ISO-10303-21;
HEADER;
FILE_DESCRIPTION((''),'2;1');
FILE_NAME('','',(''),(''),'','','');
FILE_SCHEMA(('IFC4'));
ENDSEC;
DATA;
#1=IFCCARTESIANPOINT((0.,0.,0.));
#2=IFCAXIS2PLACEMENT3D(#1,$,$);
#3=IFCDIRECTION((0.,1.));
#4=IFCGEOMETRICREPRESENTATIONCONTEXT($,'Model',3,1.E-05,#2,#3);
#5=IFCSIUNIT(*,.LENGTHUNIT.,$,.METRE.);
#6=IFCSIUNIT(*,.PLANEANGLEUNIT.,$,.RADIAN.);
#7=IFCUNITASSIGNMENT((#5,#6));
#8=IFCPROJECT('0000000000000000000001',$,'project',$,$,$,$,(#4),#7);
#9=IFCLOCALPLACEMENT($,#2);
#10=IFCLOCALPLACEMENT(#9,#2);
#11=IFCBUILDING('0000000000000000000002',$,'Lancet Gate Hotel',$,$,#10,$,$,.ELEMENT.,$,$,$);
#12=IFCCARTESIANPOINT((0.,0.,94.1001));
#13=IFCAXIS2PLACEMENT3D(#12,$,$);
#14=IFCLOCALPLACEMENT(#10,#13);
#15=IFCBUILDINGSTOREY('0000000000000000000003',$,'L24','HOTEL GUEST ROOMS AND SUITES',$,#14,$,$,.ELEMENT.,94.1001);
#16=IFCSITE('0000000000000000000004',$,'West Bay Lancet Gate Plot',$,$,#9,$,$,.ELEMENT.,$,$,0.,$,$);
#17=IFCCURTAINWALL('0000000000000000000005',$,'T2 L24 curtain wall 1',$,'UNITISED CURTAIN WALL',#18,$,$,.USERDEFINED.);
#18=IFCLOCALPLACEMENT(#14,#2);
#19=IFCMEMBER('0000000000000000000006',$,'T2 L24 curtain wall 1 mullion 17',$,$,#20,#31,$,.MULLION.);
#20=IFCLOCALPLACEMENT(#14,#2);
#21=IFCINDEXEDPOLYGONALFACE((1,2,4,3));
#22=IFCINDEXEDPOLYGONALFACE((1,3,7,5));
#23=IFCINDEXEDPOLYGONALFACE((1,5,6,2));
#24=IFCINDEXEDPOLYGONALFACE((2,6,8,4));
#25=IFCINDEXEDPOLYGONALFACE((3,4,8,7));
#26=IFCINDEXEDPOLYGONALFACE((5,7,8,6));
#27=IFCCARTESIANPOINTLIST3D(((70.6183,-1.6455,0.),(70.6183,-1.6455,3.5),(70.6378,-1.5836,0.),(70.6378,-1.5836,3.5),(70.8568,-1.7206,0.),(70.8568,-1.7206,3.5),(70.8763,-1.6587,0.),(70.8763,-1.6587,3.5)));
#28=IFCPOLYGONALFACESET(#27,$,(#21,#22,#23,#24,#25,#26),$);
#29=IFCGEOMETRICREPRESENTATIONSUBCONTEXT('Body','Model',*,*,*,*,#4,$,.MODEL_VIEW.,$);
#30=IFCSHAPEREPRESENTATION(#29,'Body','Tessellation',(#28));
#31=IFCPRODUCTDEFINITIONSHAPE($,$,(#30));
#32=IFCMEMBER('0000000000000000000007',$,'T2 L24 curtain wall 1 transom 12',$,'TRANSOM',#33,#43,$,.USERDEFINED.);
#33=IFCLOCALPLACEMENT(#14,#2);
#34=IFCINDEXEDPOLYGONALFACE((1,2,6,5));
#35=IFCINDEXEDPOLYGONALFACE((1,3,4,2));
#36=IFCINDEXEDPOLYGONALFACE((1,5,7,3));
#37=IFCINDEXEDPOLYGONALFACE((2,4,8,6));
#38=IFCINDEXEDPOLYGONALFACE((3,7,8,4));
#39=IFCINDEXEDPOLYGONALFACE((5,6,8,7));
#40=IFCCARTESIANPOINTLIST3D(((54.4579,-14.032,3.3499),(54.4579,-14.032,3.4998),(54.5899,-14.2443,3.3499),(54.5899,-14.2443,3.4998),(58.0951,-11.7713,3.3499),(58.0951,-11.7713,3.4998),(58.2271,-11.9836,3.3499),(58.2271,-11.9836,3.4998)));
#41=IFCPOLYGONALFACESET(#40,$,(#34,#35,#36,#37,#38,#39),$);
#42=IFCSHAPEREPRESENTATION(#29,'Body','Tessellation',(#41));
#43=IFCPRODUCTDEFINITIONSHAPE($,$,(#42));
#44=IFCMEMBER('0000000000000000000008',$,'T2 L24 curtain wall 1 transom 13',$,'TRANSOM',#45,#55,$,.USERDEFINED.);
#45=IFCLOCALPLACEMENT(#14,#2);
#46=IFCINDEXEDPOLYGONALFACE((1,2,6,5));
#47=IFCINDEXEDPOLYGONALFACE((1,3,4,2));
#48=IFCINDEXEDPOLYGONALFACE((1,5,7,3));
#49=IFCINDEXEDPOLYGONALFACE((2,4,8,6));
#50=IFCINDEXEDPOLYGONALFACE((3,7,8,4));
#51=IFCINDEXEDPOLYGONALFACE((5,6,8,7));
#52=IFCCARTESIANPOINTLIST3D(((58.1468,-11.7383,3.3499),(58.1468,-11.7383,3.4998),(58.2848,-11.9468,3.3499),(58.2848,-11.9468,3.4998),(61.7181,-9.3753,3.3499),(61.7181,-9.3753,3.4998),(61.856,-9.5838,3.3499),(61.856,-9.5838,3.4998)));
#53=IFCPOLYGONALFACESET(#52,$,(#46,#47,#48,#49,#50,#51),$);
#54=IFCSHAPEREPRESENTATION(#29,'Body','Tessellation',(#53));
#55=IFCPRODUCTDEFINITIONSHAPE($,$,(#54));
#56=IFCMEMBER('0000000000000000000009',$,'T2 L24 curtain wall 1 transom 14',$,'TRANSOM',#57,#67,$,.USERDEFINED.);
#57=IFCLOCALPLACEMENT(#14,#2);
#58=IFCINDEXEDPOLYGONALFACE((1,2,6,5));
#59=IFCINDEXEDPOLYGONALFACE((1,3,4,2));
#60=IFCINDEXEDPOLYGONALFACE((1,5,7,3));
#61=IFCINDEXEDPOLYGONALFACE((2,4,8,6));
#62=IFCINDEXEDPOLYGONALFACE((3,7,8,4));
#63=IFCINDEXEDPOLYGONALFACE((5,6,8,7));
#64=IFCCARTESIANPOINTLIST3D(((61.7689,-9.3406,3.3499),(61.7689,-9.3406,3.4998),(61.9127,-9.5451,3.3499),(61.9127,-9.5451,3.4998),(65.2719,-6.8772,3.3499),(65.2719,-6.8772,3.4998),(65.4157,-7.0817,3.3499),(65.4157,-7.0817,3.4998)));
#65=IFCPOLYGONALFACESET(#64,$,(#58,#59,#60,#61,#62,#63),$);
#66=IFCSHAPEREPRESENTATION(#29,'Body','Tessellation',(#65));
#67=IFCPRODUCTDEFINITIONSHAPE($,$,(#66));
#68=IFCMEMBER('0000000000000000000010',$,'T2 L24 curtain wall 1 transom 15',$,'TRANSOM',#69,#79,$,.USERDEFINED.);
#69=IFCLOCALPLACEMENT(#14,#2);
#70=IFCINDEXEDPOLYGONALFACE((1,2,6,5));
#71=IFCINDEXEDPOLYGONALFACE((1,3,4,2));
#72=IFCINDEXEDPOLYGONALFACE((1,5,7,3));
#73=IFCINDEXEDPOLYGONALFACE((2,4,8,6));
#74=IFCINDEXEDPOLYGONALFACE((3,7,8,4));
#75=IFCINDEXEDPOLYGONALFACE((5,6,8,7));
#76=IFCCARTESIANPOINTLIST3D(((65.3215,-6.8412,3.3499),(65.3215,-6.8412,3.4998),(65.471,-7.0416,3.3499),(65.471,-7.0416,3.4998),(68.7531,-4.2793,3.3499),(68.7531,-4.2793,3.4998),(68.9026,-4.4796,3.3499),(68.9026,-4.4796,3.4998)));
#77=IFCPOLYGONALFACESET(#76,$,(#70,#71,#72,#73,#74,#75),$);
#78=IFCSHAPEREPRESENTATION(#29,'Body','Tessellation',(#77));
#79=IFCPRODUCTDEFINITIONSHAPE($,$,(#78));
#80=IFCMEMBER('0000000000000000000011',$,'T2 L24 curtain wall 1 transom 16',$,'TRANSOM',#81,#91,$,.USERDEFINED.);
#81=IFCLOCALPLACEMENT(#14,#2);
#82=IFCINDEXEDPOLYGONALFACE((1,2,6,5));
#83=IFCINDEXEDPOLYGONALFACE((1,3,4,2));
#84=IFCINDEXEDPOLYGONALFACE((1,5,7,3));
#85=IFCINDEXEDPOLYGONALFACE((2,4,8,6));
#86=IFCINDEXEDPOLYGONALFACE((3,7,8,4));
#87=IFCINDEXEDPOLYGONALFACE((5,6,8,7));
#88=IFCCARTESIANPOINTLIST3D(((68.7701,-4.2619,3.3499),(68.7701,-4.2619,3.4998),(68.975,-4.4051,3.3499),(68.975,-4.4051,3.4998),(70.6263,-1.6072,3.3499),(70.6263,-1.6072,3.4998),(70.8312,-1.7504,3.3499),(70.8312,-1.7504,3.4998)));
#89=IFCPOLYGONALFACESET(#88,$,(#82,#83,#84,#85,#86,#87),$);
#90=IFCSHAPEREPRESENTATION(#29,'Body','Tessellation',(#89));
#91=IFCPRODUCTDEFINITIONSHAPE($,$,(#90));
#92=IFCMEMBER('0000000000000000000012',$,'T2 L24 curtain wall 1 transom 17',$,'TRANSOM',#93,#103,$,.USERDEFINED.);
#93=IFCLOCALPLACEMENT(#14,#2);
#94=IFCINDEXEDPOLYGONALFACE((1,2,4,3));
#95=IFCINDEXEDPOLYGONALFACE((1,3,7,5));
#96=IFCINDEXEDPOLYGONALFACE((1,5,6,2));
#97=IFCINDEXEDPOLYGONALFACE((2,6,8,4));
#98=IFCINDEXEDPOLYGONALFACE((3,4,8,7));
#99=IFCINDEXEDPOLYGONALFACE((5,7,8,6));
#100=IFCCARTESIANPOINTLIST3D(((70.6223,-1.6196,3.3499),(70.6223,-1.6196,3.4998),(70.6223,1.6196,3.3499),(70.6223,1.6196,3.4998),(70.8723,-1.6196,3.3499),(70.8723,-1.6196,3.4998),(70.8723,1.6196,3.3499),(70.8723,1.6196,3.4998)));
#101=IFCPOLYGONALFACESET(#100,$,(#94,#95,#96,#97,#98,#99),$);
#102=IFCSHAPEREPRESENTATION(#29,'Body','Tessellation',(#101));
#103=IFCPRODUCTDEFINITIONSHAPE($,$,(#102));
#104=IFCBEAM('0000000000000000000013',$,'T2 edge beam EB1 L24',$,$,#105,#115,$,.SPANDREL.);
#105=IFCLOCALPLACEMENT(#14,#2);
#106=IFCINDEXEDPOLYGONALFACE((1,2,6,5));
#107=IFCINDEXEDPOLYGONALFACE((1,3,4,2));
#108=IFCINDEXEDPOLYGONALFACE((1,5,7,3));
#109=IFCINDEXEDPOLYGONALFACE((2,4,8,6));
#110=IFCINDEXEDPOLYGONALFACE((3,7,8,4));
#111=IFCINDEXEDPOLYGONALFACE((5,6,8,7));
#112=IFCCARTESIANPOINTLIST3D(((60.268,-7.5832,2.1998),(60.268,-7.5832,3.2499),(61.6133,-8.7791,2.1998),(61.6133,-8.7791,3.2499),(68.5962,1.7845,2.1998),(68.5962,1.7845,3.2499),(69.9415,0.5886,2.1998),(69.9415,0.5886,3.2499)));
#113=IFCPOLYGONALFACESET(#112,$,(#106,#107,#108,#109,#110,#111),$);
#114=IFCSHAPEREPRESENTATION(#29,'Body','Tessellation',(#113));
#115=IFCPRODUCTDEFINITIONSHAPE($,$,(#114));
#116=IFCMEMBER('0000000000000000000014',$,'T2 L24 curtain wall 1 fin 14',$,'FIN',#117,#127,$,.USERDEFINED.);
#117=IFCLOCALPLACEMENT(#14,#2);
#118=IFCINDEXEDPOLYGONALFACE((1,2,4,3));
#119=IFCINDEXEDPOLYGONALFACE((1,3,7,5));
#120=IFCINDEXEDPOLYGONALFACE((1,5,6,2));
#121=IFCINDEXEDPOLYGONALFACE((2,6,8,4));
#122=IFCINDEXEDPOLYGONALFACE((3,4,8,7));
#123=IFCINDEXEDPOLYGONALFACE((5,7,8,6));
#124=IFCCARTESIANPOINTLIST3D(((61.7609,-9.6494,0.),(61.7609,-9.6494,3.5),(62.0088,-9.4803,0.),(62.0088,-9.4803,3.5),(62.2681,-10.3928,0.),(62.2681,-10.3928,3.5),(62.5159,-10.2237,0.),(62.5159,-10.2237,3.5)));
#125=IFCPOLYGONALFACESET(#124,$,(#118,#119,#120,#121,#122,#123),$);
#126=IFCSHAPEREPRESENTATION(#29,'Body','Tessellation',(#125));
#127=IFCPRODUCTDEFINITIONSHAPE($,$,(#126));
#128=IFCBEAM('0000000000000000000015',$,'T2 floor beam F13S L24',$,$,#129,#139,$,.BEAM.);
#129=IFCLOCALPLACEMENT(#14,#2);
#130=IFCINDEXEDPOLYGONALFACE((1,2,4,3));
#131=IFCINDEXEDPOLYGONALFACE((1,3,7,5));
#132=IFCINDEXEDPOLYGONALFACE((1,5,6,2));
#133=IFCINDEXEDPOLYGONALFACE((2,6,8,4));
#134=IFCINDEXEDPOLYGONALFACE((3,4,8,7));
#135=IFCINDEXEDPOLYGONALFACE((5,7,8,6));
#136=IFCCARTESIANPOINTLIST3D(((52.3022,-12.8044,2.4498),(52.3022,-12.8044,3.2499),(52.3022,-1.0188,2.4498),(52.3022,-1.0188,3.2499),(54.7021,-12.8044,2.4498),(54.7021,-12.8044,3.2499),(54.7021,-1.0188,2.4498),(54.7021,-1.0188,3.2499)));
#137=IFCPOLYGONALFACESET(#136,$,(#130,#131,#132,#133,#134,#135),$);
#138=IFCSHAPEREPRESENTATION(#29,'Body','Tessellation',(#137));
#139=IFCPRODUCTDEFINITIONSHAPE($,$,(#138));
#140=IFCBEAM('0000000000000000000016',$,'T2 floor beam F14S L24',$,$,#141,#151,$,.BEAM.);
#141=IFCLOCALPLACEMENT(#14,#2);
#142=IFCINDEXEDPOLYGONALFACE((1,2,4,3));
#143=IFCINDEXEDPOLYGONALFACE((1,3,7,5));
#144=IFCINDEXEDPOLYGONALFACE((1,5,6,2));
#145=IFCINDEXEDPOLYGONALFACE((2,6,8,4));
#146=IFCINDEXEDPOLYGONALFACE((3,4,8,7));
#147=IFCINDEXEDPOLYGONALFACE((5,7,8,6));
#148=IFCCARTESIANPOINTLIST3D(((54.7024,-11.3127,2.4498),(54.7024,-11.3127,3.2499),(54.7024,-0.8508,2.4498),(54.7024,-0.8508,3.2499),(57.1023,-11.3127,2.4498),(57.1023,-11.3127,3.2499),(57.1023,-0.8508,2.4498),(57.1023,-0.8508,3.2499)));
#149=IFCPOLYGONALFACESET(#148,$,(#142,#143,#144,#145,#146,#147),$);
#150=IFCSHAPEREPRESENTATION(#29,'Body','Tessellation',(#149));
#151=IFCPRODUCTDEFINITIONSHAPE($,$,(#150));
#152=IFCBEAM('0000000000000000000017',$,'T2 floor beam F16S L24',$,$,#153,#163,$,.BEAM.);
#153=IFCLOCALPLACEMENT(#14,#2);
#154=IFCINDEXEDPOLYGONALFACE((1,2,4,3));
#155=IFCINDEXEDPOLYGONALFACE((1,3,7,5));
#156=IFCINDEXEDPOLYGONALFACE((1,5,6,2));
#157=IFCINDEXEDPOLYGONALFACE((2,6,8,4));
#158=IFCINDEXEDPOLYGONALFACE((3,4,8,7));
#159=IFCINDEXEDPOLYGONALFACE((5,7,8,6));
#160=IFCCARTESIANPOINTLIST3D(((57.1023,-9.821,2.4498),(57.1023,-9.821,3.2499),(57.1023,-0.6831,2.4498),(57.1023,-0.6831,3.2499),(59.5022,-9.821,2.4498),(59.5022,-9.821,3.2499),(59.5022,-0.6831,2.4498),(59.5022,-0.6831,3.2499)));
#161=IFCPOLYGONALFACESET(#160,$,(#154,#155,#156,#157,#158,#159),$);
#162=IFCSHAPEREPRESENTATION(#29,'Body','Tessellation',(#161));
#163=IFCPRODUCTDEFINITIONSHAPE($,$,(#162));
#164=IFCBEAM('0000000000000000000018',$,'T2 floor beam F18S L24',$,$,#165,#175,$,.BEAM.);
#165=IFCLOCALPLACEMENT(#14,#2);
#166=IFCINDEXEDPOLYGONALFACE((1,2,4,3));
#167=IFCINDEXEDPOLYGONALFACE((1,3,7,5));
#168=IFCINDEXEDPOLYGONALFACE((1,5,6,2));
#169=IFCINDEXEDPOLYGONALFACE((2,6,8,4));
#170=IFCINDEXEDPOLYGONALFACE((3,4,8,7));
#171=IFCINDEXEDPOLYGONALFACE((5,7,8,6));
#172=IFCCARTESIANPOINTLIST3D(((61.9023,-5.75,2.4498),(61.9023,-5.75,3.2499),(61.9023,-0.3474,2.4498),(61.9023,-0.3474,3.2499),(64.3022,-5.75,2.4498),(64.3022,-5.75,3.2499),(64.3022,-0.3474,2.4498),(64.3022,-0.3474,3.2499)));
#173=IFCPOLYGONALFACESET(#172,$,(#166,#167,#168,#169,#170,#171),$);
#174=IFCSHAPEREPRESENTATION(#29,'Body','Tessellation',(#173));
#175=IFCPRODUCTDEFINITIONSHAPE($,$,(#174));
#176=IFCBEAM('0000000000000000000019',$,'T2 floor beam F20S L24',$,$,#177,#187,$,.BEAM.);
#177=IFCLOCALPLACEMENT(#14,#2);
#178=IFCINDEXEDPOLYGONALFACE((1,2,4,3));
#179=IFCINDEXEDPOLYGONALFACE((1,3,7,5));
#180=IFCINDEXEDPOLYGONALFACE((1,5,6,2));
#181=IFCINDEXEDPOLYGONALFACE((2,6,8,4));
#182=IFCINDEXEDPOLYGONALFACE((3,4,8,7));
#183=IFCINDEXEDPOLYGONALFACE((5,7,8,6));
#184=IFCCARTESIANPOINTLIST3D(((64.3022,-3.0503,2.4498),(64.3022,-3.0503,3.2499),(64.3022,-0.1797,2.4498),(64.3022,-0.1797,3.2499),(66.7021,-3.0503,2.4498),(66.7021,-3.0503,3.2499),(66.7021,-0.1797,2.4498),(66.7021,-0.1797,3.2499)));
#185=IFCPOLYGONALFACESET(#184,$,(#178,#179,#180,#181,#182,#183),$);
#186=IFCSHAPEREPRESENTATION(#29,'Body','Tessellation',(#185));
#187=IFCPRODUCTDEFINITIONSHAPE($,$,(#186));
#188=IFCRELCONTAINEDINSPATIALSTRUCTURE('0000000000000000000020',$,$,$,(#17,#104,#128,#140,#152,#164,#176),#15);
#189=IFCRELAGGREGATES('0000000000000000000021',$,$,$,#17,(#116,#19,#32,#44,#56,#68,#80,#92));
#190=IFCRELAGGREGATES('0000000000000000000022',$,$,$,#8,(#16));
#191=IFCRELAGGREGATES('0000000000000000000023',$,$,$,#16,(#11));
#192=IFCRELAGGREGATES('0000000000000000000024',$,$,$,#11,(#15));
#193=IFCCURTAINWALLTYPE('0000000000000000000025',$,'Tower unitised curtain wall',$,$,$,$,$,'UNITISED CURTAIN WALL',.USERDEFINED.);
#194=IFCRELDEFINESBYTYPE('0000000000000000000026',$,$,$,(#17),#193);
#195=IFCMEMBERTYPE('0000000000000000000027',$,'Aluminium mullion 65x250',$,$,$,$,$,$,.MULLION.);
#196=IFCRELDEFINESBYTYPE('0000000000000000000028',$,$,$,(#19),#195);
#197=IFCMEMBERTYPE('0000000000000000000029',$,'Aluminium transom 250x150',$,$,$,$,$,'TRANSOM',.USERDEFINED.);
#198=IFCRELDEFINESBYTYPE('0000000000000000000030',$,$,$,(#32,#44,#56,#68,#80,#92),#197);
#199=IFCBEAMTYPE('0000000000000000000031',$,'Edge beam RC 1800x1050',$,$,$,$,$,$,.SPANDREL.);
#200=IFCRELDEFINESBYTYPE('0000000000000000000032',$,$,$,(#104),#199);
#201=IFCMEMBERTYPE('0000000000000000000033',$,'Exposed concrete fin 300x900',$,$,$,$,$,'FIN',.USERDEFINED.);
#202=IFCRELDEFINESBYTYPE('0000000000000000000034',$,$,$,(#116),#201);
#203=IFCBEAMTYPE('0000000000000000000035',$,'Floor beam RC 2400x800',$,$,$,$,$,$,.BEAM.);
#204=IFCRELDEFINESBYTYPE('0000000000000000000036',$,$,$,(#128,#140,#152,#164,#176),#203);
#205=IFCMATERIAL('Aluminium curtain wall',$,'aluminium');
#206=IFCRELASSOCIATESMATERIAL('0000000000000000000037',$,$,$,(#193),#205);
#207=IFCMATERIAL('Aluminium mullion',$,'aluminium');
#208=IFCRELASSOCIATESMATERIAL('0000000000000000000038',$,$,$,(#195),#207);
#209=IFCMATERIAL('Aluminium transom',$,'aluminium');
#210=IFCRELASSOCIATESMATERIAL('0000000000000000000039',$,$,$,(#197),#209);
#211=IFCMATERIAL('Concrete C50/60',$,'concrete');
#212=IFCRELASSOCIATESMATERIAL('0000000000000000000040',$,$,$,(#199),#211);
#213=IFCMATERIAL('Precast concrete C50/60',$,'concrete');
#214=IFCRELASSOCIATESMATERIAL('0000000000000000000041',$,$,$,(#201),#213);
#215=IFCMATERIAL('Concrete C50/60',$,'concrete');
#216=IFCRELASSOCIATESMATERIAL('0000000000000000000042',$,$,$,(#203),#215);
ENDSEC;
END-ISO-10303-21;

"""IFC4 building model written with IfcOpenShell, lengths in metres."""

from ifc_helpers import new_model, si_unit, direction, frame, origin, origin_2d, place, context, subcontext, project, spatial, rectangle, extrude, material, material_profile, profile_set, type_object, element, aggregate, save


model = new_model("IFC4")

# Units and contexts
model_context = context("Model", 3, precision=1e-05, world=origin(), true_north=direction((0.0, 1.0)))
body_context = subcontext(model_context, "Body", "Model", "MODEL_VIEW")
ifc_project = project(units=[si_unit("LENGTHUNIT", "METRE"), si_unit("PLANEANGLEUNIT", "RADIAN")], contexts=[model_context])

# Site, building, storey
site_placement = place(None, origin())
site = spatial("IfcSite", under=ifc_project, at=site_placement, Name="West Bay Lancet Gate Plot", CompositionType="ELEMENT", RefElevation=0.0)
building_placement = place(site_placement, origin())
building = spatial("IfcBuilding", under=site, at=building_placement, Name="Lancet Gate Hotel", CompositionType="ELEMENT")
storey_placement = place(building_placement, frame((0.0, 0.0, 94.1001)))
storey = spatial("IfcBuildingStorey", under=building, at=storey_placement, Name="L24", Description="HOTEL GUEST ROOMS AND SUITES", CompositionType="ELEMENT", Elevation=94.1001)

# Curtain wall, members
ifc_material_1 = material(Name="Aluminium curtain wall", Category="aluminium")
curtain_wall_type = type_object("IfcCurtainWallType", Name="Tower unitised curtain wall", ElementType="UNITISED CURTAIN WALL", PredefinedType="USERDEFINED", material=ifc_material_1)
curtain_wall_placement = place(storey_placement, origin())
curtain_wall = element("IfcCurtainWall", 1, at=curtain_wall_placement, inside=storey, type_object=curtain_wall_type, Name="T2 L24 curtain wall 1", ObjectType="UNITISED CURTAIN WALL", PredefinedType="USERDEFINED")
ifc_material_2 = material(Name="Aluminium mullion", Category="aluminium")
ifc_material_profile_1 = material_profile(ifc_material_2, rectangle(XDim=0.0649, YDim=0.25, at=origin_2d()), Name="MULLION 65x250")
ifc_profile_set_1 = profile_set([ifc_material_profile_1], Name="Aluminium mullion")
member_type_1 = type_object("IfcMemberType", Name="Aluminium mullion 65x250", PredefinedType="MULLION", material=ifc_profile_set_1)
member_1_placement = place(storey_placement, frame((70.7473, -1.6521, 0.0), z_axis=(0.0, 0.0, 1.0), x_axis=(0.300385, 0.953818, 0.0)))
member_1 = element("IfcMember", 2, at=member_1_placement, type_object=member_type_1, Name="T2 L24 curtain wall 1 mullion 17", PredefinedType="MULLION", context=body_context, shape_type="SweptSolid", body=[
    extrude(rectangle(XDim=0.0649, YDim=0.25, at=origin_2d()), origin(), (0.0, 0.0, 1.0), 3.5),
])
ifc_material_3 = material(Name="Aluminium transom", Category="aluminium")
ifc_material_profile_2 = material_profile(ifc_material_3, rectangle(XDim=0.25, YDim=0.1499, at=origin_2d()), Name="TRANSOM 250x150")
ifc_profile_set_2 = profile_set([ifc_material_profile_2], Name="Aluminium transom")
member_type_2 = type_object("IfcMemberType", Name="Aluminium transom 250x150", ElementType="TRANSOM", PredefinedType="USERDEFINED", material=ifc_profile_set_2)
member_2_placement = place(storey_placement, frame((54.5239, -14.1382, 3.4248), z_axis=(0.849309, 0.527896, 0.0), x_axis=(-0.527896, 0.849309, 0.0)))
member_2 = element("IfcMember", 3, at=member_2_placement, type_object=member_type_2, Name="T2 L24 curtain wall 1 transom 12", ObjectType="TRANSOM", PredefinedType="USERDEFINED", context=body_context, shape_type="SweptSolid", body=[
    extrude(rectangle(XDim=0.25, YDim=0.1499, at=origin_2d()), origin(), (0.0, 0.0, 1.0), 4.2825),
])
member_3_placement = place(storey_placement, frame((58.2158, -11.8425, 3.4248), z_axis=(0.833966, 0.551816, 0.0), x_axis=(-0.551816, 0.833966, 0.0)))
member_3 = element("IfcMember", 4, at=member_3_placement, type_object=member_type_2, Name="T2 L24 curtain wall 1 transom 13", ObjectType="TRANSOM", PredefinedType="USERDEFINED", context=body_context, shape_type="SweptSolid", body=[
    extrude(rectangle(XDim=0.25, YDim=0.1499, at=origin_2d()), origin(), (0.0, 0.0, 1.0), 4.2822),
])
member_4_placement = place(storey_placement, frame((61.8408, -9.4429, 3.4248), z_axis=(0.817987, 0.575236, 0.0), x_axis=(-0.575236, 0.817987, 0.0)))
member_4 = element("IfcMember", 5, at=member_4_placement, type_object=member_type_2, Name="T2 L24 curtain wall 1 transom 14", ObjectType="TRANSOM", PredefinedType="USERDEFINED", context=body_context, shape_type="SweptSolid", body=[
    extrude(rectangle(XDim=0.25, YDim=0.1499, at=origin_2d()), origin(), (0.0, 0.0, 1.0), 4.2825),
])
member_5_placement = place(storey_placement, frame((65.3962, -6.9414, 3.4248), z_axis=(0.801312, 0.598247, 0.0), x_axis=(-0.598247, 0.801312, 0.0)))
member_5 = element("IfcMember", 6, at=member_5_placement, type_object=member_type_2, Name="T2 L24 curtain wall 1 transom 15", ObjectType="TRANSOM", PredefinedType="USERDEFINED", context=body_context, shape_type="SweptSolid", body=[
    extrude(rectangle(XDim=0.25, YDim=0.1499, at=origin_2d()), origin(), (0.0, 0.0, 1.0), 4.2825),
])
member_6_placement = place(storey_placement, frame((68.8726, -4.3335, 3.4248), z_axis=(0.573017, 0.819543, 0.0), x_axis=(-0.819543, 0.573017, 0.0)))
member_6 = element("IfcMember", 7, at=member_6_placement, type_object=member_type_2, Name="T2 L24 curtain wall 1 transom 16", ObjectType="TRANSOM", PredefinedType="USERDEFINED", context=body_context, shape_type="SweptSolid", body=[
    extrude(rectangle(XDim=0.25, YDim=0.1499, at=origin_2d()), origin(), (0.0, 0.0, 1.0), 3.2393),
])
member_7_placement = place(storey_placement, frame((70.7473, -1.6196, 3.4248), z_axis=(0.0, 1.0, 0.0), x_axis=(-1.0, 0.0, 0.0)))
member_7 = element("IfcMember", 8, at=member_7_placement, type_object=member_type_2, Name="T2 L24 curtain wall 1 transom 17", ObjectType="TRANSOM", PredefinedType="USERDEFINED", context=body_context, shape_type="SweptSolid", body=[
    extrude(rectangle(XDim=0.25, YDim=0.1499, at=origin_2d()), origin(), (0.0, 0.0, 1.0), 3.2393),
])

# Beam
ifc_material_4 = material(Name="Concrete C50/60", Category="concrete")
ifc_material_profile_3 = material_profile(ifc_material_4, rectangle(XDim=1.8, YDim=1.05, at=origin_2d()), Name="RC 1800x1050")
ifc_profile_set_3 = profile_set([ifc_material_profile_3], Name="Concrete C50/60")
beam_type_1 = type_object("IfcBeamType", Name="Edge beam RC 1800x1050", PredefinedType="SPANDREL", material=ifc_profile_set_3)
beam_1_placement = place(storey_placement, frame((60.9407, -8.1812, 2.7249), z_axis=(0.664422, 0.747358, 0.0), x_axis=(-0.747358, 0.664422, 0.0)))
element("IfcBeam", 9, at=beam_1_placement, inside=storey, type_object=beam_type_1, Name="T2 edge beam EB1 L24", PredefinedType="SPANDREL", context=body_context, shape_type="SweptSolid", body=[
    extrude(rectangle(XDim=1.8, YDim=1.05, at=origin_2d()), origin(), (0.0, 0.0, 1.0), 12.5344),
])

# Member
ifc_material_5 = material(Name="Precast concrete C50/60", Category="concrete")
ifc_material_profile_4 = material_profile(ifc_material_5, rectangle(XDim=0.3, YDim=0.8999, at=origin_2d()), Name="FIN 300x900")
ifc_profile_set_4 = profile_set([ifc_material_profile_4], Name="Precast concrete C50/60")
member_type_3 = type_object("IfcMemberType", Name="Exposed concrete fin 300x900", ElementType="FIN", PredefinedType="USERDEFINED", material=ifc_profile_set_4)
member_8_placement = place(storey_placement, frame((62.1384, -9.9365, 0.0), z_axis=(0.0, 0.0, 1.0), x_axis=(0.826066, 0.563574, 0.0)))
member_8 = element("IfcMember", 10, at=member_8_placement, type_object=member_type_3, Name="T2 L24 curtain wall 1 fin 14", ObjectType="FIN", PredefinedType="USERDEFINED", context=body_context, shape_type="SweptSolid", body=[
    extrude(rectangle(XDim=0.3, YDim=0.8999, at=origin_2d()), origin(), (0.0, 0.0, 1.0), 3.5),
])

# Beams
ifc_material_6 = material(Name="Concrete C50/60", Category="concrete")
ifc_material_profile_5 = material_profile(ifc_material_6, rectangle(XDim=2.3999, YDim=0.8, at=origin_2d()), Name="RC 2400x800")
ifc_profile_set_5 = profile_set([ifc_material_profile_5], Name="Concrete C50/60")
beam_type_2 = type_object("IfcBeamType", Name="Floor beam RC 2400x800", PredefinedType="BEAM", material=ifc_profile_set_5)
beam_2_placement = place(storey_placement, frame((53.5022, -12.8044, 2.8499), z_axis=(0.0, 1.0, 0.0), x_axis=(-1.0, 0.0, 0.0)))
element("IfcBeam", 11, at=beam_2_placement, inside=storey, type_object=beam_type_2, Name="T2 floor beam F13S L24", PredefinedType="BEAM", context=body_context, shape_type="SweptSolid", body=[
    extrude(rectangle(XDim=2.3999, YDim=0.8, at=origin_2d()), origin(), (0.0, 0.0, 1.0), 11.7856),
])
beam_3_placement = place(storey_placement, frame((55.9023, -11.3127, 2.8499), z_axis=(0.0, 1.0, 0.0), x_axis=(-1.0, 0.0, 0.0)))
element("IfcBeam", 12, at=beam_3_placement, inside=storey, type_object=beam_type_2, Name="T2 floor beam F14S L24", PredefinedType="BEAM", context=body_context, shape_type="SweptSolid", body=[
    extrude(rectangle(XDim=2.3999, YDim=0.8, at=origin_2d()), origin(), (0.0, 0.0, 1.0), 10.4619),
])
beam_4_placement = place(storey_placement, frame((58.3022, -9.821, 2.8499), z_axis=(0.0, 1.0, 0.0), x_axis=(-1.0, 0.0, 0.0)))
element("IfcBeam", 13, at=beam_4_placement, inside=storey, type_object=beam_type_2, Name="T2 floor beam F16S L24", PredefinedType="BEAM", context=body_context, shape_type="SweptSolid", body=[
    extrude(rectangle(XDim=2.3999, YDim=0.8, at=origin_2d()), origin(), (0.0, 0.0, 1.0), 9.1379),
])
beam_5_placement = place(storey_placement, frame((63.1023, -5.75, 2.8499), z_axis=(0.0, 1.0, 0.0), x_axis=(-1.0, 0.0, 0.0)))
element("IfcBeam", 14, at=beam_5_placement, inside=storey, type_object=beam_type_2, Name="T2 floor beam F18S L24", PredefinedType="BEAM", context=body_context, shape_type="SweptSolid", body=[
    extrude(rectangle(XDim=2.3999, YDim=0.8, at=origin_2d()), origin(), (0.0, 0.0, 1.0), 5.4026),
])
beam_6_placement = place(storey_placement, frame((65.5022, -3.0503, 2.8499), z_axis=(0.0, 1.0, 0.0), x_axis=(-1.0, 0.0, 0.0)))
element("IfcBeam", 15, at=beam_6_placement, inside=storey, type_object=beam_type_2, Name="T2 floor beam F20S L24", PredefinedType="BEAM", context=body_context, shape_type="SweptSolid", body=[
    extrude(rectangle(XDim=2.3999, YDim=0.8, at=origin_2d()), origin(), (0.0, 0.0, 1.0), 2.8706),
])

aggregate(curtain_wall, [member_8, member_1, member_2, member_3, member_4, member_5, member_6, member_7])

save(model, "model.ifc")
